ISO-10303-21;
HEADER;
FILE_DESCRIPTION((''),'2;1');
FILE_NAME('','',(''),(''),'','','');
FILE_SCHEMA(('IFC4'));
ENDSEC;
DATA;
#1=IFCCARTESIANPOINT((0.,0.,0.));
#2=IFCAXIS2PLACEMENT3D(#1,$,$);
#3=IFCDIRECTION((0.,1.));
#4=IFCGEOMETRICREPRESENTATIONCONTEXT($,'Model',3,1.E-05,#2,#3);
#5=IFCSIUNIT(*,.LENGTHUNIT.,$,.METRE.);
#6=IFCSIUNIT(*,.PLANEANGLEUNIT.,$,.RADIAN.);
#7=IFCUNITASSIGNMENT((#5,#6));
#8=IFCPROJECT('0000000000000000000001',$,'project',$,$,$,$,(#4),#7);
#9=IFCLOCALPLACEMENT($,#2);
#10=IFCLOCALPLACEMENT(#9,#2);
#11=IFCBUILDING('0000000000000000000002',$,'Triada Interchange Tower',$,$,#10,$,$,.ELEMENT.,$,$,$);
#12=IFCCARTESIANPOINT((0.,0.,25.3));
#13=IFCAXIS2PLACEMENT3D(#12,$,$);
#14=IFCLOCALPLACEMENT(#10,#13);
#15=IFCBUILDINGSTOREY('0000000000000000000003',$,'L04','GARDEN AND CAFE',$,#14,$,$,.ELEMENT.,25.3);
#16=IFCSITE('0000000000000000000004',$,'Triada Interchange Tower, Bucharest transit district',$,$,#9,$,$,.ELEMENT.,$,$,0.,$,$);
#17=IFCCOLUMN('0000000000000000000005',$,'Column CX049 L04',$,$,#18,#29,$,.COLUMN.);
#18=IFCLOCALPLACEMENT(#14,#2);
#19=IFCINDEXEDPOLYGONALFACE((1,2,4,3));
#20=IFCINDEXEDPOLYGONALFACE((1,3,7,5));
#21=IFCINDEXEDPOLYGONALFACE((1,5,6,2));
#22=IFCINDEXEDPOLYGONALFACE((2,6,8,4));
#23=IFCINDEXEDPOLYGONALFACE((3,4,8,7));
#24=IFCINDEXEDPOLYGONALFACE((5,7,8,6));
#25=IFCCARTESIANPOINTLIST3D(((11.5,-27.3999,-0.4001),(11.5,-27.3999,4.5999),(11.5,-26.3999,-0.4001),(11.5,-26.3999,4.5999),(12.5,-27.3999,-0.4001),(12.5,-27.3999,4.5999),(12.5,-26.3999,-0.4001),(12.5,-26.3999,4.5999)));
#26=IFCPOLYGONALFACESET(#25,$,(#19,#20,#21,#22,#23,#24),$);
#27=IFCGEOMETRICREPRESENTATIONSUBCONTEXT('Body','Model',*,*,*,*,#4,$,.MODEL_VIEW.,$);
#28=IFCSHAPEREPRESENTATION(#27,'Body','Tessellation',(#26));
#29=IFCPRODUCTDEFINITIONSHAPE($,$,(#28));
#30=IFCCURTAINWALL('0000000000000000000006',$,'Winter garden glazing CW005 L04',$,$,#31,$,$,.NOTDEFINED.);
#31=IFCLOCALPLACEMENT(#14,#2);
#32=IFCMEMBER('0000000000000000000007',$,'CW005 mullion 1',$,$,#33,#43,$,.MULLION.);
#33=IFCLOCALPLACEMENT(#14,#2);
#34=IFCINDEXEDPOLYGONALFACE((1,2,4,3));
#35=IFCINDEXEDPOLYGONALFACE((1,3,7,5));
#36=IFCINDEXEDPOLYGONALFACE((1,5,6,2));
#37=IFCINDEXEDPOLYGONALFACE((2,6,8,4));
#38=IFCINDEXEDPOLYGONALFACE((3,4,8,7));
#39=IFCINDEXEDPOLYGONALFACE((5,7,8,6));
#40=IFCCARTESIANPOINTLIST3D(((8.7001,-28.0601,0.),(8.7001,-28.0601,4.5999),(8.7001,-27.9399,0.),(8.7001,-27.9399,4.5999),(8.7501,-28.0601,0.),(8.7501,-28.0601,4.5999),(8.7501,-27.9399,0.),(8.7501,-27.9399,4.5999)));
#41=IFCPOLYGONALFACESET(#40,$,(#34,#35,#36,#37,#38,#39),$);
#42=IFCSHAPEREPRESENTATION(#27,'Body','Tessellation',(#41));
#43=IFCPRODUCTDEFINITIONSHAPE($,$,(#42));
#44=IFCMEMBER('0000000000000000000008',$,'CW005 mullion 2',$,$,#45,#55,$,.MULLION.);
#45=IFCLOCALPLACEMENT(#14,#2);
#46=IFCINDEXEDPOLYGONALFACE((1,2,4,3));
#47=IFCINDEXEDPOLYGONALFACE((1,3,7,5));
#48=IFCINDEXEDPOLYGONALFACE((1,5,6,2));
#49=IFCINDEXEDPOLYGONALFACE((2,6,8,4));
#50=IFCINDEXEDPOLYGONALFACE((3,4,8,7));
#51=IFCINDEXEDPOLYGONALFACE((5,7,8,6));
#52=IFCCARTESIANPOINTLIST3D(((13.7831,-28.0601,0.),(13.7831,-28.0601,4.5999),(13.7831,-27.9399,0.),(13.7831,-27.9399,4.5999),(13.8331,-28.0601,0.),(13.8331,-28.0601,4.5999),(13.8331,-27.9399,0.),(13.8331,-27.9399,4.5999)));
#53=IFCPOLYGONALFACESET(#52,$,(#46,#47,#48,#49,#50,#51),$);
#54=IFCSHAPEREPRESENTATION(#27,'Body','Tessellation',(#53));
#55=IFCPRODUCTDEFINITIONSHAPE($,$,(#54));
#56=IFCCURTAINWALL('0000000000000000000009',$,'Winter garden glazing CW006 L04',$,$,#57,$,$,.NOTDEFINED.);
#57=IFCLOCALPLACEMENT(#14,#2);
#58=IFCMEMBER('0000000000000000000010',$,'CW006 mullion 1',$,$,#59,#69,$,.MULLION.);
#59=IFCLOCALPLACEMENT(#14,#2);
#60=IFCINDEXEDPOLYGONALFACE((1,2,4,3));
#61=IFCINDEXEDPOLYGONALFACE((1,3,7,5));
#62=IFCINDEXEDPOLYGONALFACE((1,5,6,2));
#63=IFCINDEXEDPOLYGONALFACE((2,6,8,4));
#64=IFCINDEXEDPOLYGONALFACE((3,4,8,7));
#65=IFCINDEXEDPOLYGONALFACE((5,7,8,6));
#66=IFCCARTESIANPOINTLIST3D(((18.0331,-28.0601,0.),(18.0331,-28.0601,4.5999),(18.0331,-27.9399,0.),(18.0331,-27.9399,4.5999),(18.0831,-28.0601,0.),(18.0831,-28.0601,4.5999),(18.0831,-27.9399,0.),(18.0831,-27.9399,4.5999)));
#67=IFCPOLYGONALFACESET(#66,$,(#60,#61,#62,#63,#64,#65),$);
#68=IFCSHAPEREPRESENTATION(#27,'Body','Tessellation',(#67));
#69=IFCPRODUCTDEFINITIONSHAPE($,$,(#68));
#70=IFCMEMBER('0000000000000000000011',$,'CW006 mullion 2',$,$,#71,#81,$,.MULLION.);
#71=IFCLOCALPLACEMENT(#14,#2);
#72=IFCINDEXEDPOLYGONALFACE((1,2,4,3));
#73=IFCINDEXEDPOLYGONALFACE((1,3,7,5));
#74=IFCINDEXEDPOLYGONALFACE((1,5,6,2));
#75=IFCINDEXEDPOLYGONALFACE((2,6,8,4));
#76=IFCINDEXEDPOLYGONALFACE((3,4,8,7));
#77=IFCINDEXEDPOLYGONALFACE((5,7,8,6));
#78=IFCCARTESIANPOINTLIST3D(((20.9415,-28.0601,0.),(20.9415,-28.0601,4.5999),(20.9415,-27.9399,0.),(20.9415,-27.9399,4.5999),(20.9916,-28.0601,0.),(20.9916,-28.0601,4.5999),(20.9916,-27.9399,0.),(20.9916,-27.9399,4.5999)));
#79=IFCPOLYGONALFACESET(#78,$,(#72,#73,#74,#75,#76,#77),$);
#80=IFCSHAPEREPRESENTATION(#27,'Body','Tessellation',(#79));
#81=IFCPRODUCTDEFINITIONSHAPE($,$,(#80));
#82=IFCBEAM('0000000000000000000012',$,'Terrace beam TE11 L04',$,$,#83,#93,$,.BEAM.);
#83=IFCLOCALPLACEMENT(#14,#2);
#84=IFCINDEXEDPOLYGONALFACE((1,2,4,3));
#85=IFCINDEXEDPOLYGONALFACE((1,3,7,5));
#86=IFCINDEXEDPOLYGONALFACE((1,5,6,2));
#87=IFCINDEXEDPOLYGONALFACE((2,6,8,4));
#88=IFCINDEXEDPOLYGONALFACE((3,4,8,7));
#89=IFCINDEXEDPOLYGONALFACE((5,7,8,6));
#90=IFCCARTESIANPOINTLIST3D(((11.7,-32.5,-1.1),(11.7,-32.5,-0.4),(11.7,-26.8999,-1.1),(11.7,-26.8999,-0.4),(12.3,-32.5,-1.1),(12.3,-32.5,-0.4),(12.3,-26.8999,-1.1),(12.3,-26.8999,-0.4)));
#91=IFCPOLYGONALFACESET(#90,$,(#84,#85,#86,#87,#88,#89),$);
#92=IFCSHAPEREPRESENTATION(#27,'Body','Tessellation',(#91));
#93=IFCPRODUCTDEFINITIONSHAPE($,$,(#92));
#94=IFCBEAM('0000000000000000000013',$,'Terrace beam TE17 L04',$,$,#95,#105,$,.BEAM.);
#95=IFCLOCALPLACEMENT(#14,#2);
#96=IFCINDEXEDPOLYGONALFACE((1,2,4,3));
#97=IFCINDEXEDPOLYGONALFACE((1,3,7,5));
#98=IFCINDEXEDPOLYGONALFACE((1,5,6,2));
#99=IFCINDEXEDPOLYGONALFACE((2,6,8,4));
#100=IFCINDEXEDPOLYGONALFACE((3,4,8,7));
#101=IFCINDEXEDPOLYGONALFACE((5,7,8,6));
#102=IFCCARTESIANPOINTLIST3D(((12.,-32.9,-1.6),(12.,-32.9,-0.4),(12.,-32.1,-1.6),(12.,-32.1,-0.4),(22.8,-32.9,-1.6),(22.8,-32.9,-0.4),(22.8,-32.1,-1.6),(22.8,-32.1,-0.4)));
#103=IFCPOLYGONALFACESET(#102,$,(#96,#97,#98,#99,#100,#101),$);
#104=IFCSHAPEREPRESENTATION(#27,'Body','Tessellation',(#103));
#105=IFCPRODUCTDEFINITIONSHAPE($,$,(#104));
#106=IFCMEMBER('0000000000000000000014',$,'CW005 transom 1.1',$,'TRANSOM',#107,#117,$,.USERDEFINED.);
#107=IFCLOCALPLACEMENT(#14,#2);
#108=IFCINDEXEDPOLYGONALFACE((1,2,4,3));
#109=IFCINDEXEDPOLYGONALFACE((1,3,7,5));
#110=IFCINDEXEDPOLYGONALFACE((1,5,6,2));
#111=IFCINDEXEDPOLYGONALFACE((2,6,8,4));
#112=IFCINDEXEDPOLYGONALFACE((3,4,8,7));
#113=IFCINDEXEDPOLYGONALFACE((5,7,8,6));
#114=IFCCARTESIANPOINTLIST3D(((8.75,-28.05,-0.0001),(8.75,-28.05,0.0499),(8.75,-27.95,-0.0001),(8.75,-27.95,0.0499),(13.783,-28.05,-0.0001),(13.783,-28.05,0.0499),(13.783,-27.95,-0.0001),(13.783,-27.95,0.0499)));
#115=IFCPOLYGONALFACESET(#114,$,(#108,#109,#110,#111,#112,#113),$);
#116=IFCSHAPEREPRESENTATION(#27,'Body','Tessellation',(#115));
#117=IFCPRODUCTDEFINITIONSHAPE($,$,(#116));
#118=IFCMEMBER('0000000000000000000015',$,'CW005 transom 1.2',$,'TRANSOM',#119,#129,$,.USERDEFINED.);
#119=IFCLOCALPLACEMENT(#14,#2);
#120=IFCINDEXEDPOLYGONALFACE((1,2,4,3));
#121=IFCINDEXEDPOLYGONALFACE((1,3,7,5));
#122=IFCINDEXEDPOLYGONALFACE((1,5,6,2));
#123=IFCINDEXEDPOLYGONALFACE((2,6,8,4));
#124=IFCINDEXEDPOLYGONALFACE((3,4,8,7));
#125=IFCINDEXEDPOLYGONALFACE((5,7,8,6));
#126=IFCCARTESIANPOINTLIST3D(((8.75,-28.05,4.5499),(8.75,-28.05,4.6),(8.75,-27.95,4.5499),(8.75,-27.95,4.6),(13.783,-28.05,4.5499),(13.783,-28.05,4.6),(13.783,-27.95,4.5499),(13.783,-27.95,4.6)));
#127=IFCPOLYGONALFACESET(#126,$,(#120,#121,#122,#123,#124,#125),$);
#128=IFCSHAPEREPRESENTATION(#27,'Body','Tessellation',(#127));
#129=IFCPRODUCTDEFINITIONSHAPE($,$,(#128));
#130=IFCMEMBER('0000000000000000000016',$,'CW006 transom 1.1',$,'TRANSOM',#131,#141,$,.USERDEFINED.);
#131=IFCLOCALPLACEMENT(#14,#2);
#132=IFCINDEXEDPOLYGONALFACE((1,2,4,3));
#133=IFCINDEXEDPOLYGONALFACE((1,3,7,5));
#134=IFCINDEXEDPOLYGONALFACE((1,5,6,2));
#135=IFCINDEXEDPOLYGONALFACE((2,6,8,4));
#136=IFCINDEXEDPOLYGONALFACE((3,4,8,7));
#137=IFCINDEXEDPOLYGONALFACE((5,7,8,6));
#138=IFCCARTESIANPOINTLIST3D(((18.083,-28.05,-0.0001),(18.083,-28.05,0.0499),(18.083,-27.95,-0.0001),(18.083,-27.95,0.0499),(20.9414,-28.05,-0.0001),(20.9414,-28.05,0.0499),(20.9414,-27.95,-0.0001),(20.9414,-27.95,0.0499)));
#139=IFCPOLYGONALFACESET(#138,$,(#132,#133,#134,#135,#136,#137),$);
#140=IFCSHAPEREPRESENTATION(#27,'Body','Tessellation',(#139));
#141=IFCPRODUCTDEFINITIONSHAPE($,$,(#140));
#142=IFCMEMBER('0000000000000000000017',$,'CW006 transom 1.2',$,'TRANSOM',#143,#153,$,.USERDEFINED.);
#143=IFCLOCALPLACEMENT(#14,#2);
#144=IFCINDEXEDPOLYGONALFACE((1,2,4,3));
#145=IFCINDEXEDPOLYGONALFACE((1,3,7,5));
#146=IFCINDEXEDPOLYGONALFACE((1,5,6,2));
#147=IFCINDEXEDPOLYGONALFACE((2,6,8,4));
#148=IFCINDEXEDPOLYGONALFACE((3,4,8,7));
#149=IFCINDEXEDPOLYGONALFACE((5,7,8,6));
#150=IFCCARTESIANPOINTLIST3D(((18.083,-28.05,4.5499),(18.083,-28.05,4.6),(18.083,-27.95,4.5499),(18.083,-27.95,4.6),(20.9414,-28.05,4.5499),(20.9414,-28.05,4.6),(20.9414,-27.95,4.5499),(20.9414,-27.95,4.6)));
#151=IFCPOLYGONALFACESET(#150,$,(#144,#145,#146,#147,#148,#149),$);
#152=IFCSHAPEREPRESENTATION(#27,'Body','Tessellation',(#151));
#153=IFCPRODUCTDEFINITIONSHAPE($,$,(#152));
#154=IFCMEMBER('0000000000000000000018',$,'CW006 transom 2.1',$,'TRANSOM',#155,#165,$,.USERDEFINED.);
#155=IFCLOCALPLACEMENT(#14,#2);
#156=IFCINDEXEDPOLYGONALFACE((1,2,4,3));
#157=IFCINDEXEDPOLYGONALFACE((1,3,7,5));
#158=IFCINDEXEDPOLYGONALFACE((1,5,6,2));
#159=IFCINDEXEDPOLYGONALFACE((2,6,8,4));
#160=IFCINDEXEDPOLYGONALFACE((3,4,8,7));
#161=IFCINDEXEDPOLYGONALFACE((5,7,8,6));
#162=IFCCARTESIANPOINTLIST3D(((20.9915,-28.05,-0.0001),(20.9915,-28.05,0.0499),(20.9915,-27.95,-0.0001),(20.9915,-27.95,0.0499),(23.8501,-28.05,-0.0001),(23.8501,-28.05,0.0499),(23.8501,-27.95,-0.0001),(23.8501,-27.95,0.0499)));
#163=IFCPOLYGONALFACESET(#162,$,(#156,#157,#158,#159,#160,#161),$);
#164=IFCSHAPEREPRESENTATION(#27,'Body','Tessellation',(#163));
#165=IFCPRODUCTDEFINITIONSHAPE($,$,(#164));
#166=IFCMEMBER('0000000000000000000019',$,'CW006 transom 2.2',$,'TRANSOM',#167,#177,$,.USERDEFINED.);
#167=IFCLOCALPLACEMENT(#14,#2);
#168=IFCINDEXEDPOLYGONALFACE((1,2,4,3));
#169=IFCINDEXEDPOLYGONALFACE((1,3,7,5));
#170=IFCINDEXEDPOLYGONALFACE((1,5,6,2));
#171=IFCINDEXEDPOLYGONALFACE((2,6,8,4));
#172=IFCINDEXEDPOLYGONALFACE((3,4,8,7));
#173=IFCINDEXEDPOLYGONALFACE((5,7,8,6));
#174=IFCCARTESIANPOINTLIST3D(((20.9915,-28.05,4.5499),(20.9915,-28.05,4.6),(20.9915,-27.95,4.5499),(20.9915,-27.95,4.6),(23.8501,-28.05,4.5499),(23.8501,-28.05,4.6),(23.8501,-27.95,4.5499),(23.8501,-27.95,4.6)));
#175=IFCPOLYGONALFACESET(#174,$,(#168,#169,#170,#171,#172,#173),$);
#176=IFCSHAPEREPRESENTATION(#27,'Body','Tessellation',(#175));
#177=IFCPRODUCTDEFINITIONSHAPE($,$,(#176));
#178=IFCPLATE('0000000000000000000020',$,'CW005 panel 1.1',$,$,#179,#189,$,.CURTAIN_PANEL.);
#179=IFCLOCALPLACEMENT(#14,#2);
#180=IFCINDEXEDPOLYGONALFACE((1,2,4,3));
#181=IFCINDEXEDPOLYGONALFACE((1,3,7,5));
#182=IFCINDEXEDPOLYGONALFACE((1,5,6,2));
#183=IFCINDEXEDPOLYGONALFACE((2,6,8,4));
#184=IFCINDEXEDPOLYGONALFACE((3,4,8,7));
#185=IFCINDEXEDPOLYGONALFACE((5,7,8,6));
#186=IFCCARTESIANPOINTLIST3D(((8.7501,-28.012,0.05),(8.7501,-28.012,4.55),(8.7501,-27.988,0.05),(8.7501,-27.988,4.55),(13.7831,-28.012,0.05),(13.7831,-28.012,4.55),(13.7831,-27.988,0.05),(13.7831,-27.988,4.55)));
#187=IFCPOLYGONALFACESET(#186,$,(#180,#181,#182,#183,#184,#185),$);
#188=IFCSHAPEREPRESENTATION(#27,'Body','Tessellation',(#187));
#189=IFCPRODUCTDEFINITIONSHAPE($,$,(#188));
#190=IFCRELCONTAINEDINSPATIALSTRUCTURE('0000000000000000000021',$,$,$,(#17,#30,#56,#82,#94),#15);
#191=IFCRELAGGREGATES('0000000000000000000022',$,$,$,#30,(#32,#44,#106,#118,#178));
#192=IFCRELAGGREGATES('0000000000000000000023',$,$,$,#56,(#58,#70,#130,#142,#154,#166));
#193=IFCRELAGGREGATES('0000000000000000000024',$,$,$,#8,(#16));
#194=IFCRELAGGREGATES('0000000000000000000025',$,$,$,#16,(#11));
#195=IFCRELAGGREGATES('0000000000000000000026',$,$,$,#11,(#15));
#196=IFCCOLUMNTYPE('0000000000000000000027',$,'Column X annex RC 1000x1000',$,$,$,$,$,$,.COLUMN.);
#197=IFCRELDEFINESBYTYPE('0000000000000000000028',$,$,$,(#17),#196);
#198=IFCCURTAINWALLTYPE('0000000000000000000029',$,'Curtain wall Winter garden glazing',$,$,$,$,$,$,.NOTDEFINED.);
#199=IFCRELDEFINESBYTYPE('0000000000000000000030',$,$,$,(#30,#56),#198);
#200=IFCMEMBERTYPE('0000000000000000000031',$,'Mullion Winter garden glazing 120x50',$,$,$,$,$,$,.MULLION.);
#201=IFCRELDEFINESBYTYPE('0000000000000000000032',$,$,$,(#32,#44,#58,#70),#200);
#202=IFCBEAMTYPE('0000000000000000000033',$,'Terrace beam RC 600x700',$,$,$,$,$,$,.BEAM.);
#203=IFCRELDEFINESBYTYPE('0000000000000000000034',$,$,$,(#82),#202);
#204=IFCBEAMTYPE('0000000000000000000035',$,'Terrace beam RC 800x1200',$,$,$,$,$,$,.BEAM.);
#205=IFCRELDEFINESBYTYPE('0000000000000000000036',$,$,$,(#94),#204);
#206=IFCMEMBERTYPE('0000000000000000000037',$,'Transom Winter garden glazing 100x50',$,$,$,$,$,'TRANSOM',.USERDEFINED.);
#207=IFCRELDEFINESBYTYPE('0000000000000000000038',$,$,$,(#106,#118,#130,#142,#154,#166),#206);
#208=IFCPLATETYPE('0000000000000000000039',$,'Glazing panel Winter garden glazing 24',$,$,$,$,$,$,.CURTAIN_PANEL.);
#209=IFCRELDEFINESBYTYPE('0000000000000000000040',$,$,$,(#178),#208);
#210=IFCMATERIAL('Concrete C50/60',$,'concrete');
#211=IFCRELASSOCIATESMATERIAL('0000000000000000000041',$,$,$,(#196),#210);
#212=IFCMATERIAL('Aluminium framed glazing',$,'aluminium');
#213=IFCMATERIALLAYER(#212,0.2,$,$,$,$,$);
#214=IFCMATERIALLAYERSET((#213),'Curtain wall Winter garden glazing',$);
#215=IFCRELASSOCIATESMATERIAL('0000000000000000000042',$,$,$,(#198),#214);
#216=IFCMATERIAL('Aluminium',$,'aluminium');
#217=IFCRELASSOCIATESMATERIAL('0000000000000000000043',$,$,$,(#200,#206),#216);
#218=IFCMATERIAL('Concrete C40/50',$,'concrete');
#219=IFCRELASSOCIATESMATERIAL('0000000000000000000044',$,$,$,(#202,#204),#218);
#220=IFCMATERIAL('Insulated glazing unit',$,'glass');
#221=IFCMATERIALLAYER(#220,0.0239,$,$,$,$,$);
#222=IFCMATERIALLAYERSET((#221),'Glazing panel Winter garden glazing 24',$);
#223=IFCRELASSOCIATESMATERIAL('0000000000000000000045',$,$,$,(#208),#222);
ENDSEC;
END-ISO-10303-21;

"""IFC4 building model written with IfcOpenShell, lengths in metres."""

from ifc_helpers import new_model, si_unit, direction, frame, origin, origin_2d, place, context, subcontext, project, spatial, rectangle, extrude, material, layer, layer_set, material_profile, profile_set, type_object, element, aggregate, save


model = new_model("IFC4")

# Units and contexts
model_context = context("Model", 3, precision=1e-05, world=origin(), true_north=direction((0.0, 1.0)))
body_context = subcontext(model_context, "Body", "Model", "MODEL_VIEW")
ifc_project = project(units=[si_unit("LENGTHUNIT", "METRE"), si_unit("PLANEANGLEUNIT", "RADIAN")], contexts=[model_context])

# Site, building, storey
site_placement = place(None, origin())
site = spatial("IfcSite", under=ifc_project, at=site_placement, Name="Triada Interchange Tower, Bucharest transit district", CompositionType="ELEMENT", RefElevation=0.0)
building_placement = place(site_placement, origin())
building = spatial("IfcBuilding", under=site, at=building_placement, Name="Triada Interchange Tower", CompositionType="ELEMENT")
storey_placement = place(building_placement, frame((0.0, 0.0, 25.3)))
storey = spatial("IfcBuildingStorey", under=building, at=storey_placement, Name="L04", Description="GARDEN AND CAFE", CompositionType="ELEMENT", Elevation=25.3)

# Column
ifc_material_1 = material(Name="Concrete C50/60", Category="concrete")
ifc_material_profile_1 = material_profile(ifc_material_1, rectangle(XDim=1.0, YDim=1.0, at=origin_2d()), Name="RC 1000x1000")
ifc_profile_set_1 = profile_set([ifc_material_profile_1], Name="Concrete C50/60")
column_type = type_object("IfcColumnType", Name="Column X annex RC 1000x1000", PredefinedType="COLUMN", material=ifc_profile_set_1)
column_placement = place(storey_placement, frame((12.0, -26.8999, -0.4001), z_axis=(0.0, 0.0, 1.0), x_axis=(1.0, 0.0, 0.0)))
element("IfcColumn", 1, at=column_placement, inside=storey, type_object=column_type, Name="Column CX049 L04", PredefinedType="COLUMN", context=body_context, shape_type="SweptSolid", body=[
    extrude(rectangle(XDim=1.0, YDim=1.0, at=origin_2d()), origin(), (0.0, 0.0, 1.0), 5.0),
])

# Curtain walls, members
ifc_material_2 = material(Name="Aluminium framed glazing", Category="aluminium")
ifc_layer_1 = layer(ifc_material_2, 0.2)
ifc_layer_set_1 = layer_set([ifc_layer_1], Name="Curtain wall Winter garden glazing")
curtain_wall_type = type_object("IfcCurtainWallType", Name="Curtain wall Winter garden glazing", PredefinedType="NOTDEFINED", material=ifc_layer_set_1)
curtain_wall_1_placement = place(storey_placement, origin())
curtain_wall_1 = element("IfcCurtainWall", 2, at=curtain_wall_1_placement, inside=storey, type_object=curtain_wall_type, Name="Winter garden glazing CW005 L04", PredefinedType="NOTDEFINED")
ifc_material_3 = material(Name="Aluminium", Category="aluminium")
ifc_material_profile_2 = material_profile(ifc_material_3, rectangle(XDim=0.1201, YDim=0.05, at=origin_2d()), Name="Aluminium mullion")
ifc_profile_set_2 = profile_set([ifc_material_profile_2], Name="Aluminium")
member_type_1 = type_object("IfcMemberType", Name="Mullion Winter garden glazing 120x50", PredefinedType="MULLION", material=ifc_profile_set_2)
member_1_placement = place(storey_placement, frame((8.7251, -28.0, 0.0), z_axis=(0.0, 0.0, 1.0), x_axis=(0.0, 1.0, 0.0)))
member_1 = element("IfcMember", 3, at=member_1_placement, type_object=member_type_1, Name="CW005 mullion 1", PredefinedType="MULLION", context=body_context, shape_type="SweptSolid", body=[
    extrude(rectangle(XDim=0.1201, YDim=0.05, at=origin_2d()), origin(), (0.0, 0.0, 1.0), 4.5999),
])
member_2_placement = place(storey_placement, frame((13.8081, -28.0, 0.0), z_axis=(0.0, 0.0, 1.0), x_axis=(0.0, 1.0, 0.0)))
member_2 = element("IfcMember", 4, at=member_2_placement, type_object=member_type_1, Name="CW005 mullion 2", PredefinedType="MULLION", context=body_context, shape_type="SweptSolid", body=[
    extrude(rectangle(XDim=0.1201, YDim=0.05, at=origin_2d()), origin(), (0.0, 0.0, 1.0), 4.5999),
])
curtain_wall_2_placement = place(storey_placement, origin())
curtain_wall_2 = element("IfcCurtainWall", 5, at=curtain_wall_2_placement, inside=storey, type_object=curtain_wall_type, Name="Winter garden glazing CW006 L04", PredefinedType="NOTDEFINED")
member_3_placement = place(storey_placement, frame((18.0581, -28.0, 0.0), z_axis=(0.0, 0.0, 1.0), x_axis=(0.0, 1.0, 0.0)))
member_3 = element("IfcMember", 6, at=member_3_placement, type_object=member_type_1, Name="CW006 mullion 1", PredefinedType="MULLION", context=body_context, shape_type="SweptSolid", body=[
    extrude(rectangle(XDim=0.1201, YDim=0.05, at=origin_2d()), origin(), (0.0, 0.0, 1.0), 4.5999),
])
member_4_placement = place(storey_placement, frame((20.9666, -28.0, 0.0), z_axis=(0.0, 0.0, 1.0), x_axis=(0.0, 1.0, 0.0)))
member_4 = element("IfcMember", 7, at=member_4_placement, type_object=member_type_1, Name="CW006 mullion 2", PredefinedType="MULLION", context=body_context, shape_type="SweptSolid", body=[
    extrude(rectangle(XDim=0.1201, YDim=0.05, at=origin_2d()), origin(), (0.0, 0.0, 1.0), 4.5999),
])

# Beams
ifc_material_4 = material(Name="Concrete C40/50", Category="concrete")
ifc_material_profile_3 = material_profile(ifc_material_4, rectangle(XDim=0.6001, YDim=0.7, at=origin_2d()), Name="RC 600x700")
ifc_profile_set_3 = profile_set([ifc_material_profile_3], Name="Concrete C40/50")
beam_type_1 = type_object("IfcBeamType", Name="Terrace beam RC 600x700", PredefinedType="BEAM", material=ifc_profile_set_3)
beam_1_placement = place(storey_placement, frame((12.0, -32.5, -0.75), z_axis=(0.0, 1.0, 0.0), x_axis=(-1.0, 0.0, 0.0)))
element("IfcBeam", 8, at=beam_1_placement, inside=storey, type_object=beam_type_1, Name="Terrace beam TE11 L04", PredefinedType="BEAM", context=body_context, shape_type="SweptSolid", body=[
    extrude(rectangle(XDim=0.6001, YDim=0.7, at=origin_2d()), origin(), (0.0, 0.0, 1.0), 5.6001),
])
ifc_material_profile_4 = material_profile(ifc_material_4, rectangle(XDim=0.8, YDim=1.2, at=origin_2d()), Name="RC 800x1200")
ifc_profile_set_4 = profile_set([ifc_material_profile_4], Name="Concrete C40/50")
beam_type_2 = type_object("IfcBeamType", Name="Terrace beam RC 800x1200", PredefinedType="BEAM", material=ifc_profile_set_4)
beam_2_placement = place(storey_placement, frame((12.0, -32.5, -1.0), z_axis=(1.0, 0.0, 0.0), x_axis=(0.0, 1.0, 0.0)))
element("IfcBeam", 9, at=beam_2_placement, inside=storey, type_object=beam_type_2, Name="Terrace beam TE17 L04", PredefinedType="BEAM", context=body_context, shape_type="SweptSolid", body=[
    extrude(rectangle(XDim=0.8, YDim=1.2, at=origin_2d()), origin(), (0.0, 0.0, 1.0), 10.8),
])

# Members
ifc_material_profile_5 = material_profile(ifc_material_3, rectangle(XDim=0.1001, YDim=0.05, at=origin_2d()), Name="Aluminium transom")
ifc_profile_set_5 = profile_set([ifc_material_profile_5], Name="Aluminium")
member_type_2 = type_object("IfcMemberType", Name="Transom Winter garden glazing 100x50", ElementType="TRANSOM", PredefinedType="USERDEFINED", material=ifc_profile_set_5)
member_5_placement = place(storey_placement, frame((8.75, -28.0, 0.0249), z_axis=(1.0, 0.0, 0.0), x_axis=(0.0, 1.0, 0.0)))
member_5 = element("IfcMember", 10, at=member_5_placement, type_object=member_type_2, Name="CW005 transom 1.1", ObjectType="TRANSOM", PredefinedType="USERDEFINED", context=body_context, shape_type="SweptSolid", body=[
    extrude(rectangle(XDim=0.1001, YDim=0.05, at=origin_2d()), origin(), (0.0, 0.0, 1.0), 5.033),
])
member_6_placement = place(storey_placement, frame((8.75, -28.0, 4.575), z_axis=(1.0, 0.0, 0.0), x_axis=(0.0, 1.0, 0.0)))
member_6 = element("IfcMember", 11, at=member_6_placement, type_object=member_type_2, Name="CW005 transom 1.2", ObjectType="TRANSOM", PredefinedType="USERDEFINED", context=body_context, shape_type="SweptSolid", body=[
    extrude(rectangle(XDim=0.1001, YDim=0.05, at=origin_2d()), origin(), (0.0, 0.0, 1.0), 5.033),
])
member_7_placement = place(storey_placement, frame((18.083, -28.0, 0.0249), z_axis=(1.0, 0.0, 0.0), x_axis=(0.0, 1.0, 0.0)))
member_7 = element("IfcMember", 12, at=member_7_placement, type_object=member_type_2, Name="CW006 transom 1.1", ObjectType="TRANSOM", PredefinedType="USERDEFINED", context=body_context, shape_type="SweptSolid", body=[
    extrude(rectangle(XDim=0.1001, YDim=0.05, at=origin_2d()), origin(), (0.0, 0.0, 1.0), 2.8584),
])
member_8_placement = place(storey_placement, frame((18.083, -28.0, 4.575), z_axis=(1.0, 0.0, 0.0), x_axis=(0.0, 1.0, 0.0)))
member_8 = element("IfcMember", 13, at=member_8_placement, type_object=member_type_2, Name="CW006 transom 1.2", ObjectType="TRANSOM", PredefinedType="USERDEFINED", context=body_context, shape_type="SweptSolid", body=[
    extrude(rectangle(XDim=0.1001, YDim=0.05, at=origin_2d()), origin(), (0.0, 0.0, 1.0), 2.8584),
])
member_9_placement = place(storey_placement, frame((20.9915, -28.0, 0.0249), z_axis=(1.0, 0.0, 0.0), x_axis=(0.0, 1.0, 0.0)))
member_9 = element("IfcMember", 14, at=member_9_placement, type_object=member_type_2, Name="CW006 transom 2.1", ObjectType="TRANSOM", PredefinedType="USERDEFINED", context=body_context, shape_type="SweptSolid", body=[
    extrude(rectangle(XDim=0.1001, YDim=0.05, at=origin_2d()), origin(), (0.0, 0.0, 1.0), 2.8586),
])
member_10_placement = place(storey_placement, frame((20.9915, -28.0, 4.575), z_axis=(1.0, 0.0, 0.0), x_axis=(0.0, 1.0, 0.0)))
member_10 = element("IfcMember", 15, at=member_10_placement, type_object=member_type_2, Name="CW006 transom 2.2", ObjectType="TRANSOM", PredefinedType="USERDEFINED", context=body_context, shape_type="SweptSolid", body=[
    extrude(rectangle(XDim=0.1001, YDim=0.05, at=origin_2d()), origin(), (0.0, 0.0, 1.0), 2.8586),
])

# Plate
ifc_material_5 = material(Name="Insulated glazing unit", Category="glass")
ifc_layer_2 = layer(ifc_material_5, 0.0239)
ifc_layer_set_2 = layer_set([ifc_layer_2], Name="Glazing panel Winter garden glazing 24")
plate_type = type_object("IfcPlateType", Name="Glazing panel Winter garden glazing 24", PredefinedType="CURTAIN_PANEL", material=ifc_layer_set_2)
plate_1_placement = place(storey_placement, frame((11.2666, -28.0, 0.05), z_axis=(0.0, 0.0, 1.0), x_axis=(1.0, 0.0, 0.0)))
plate_1 = element("IfcPlate", 16, at=plate_1_placement, type_object=plate_type, Name="CW005 panel 1.1", PredefinedType="CURTAIN_PANEL", context=body_context, shape_type="SweptSolid", body=[
    extrude(rectangle(XDim=5.033, YDim=0.0239, at=origin_2d()), origin(), (0.0, 0.0, 1.0), 4.5),
])
aggregate(curtain_wall_1, [member_1, member_2, member_5, member_6, plate_1])
aggregate(curtain_wall_2, [member_3, member_4, member_7, member_8, member_9, member_10])

save(model, "model.ifc")
